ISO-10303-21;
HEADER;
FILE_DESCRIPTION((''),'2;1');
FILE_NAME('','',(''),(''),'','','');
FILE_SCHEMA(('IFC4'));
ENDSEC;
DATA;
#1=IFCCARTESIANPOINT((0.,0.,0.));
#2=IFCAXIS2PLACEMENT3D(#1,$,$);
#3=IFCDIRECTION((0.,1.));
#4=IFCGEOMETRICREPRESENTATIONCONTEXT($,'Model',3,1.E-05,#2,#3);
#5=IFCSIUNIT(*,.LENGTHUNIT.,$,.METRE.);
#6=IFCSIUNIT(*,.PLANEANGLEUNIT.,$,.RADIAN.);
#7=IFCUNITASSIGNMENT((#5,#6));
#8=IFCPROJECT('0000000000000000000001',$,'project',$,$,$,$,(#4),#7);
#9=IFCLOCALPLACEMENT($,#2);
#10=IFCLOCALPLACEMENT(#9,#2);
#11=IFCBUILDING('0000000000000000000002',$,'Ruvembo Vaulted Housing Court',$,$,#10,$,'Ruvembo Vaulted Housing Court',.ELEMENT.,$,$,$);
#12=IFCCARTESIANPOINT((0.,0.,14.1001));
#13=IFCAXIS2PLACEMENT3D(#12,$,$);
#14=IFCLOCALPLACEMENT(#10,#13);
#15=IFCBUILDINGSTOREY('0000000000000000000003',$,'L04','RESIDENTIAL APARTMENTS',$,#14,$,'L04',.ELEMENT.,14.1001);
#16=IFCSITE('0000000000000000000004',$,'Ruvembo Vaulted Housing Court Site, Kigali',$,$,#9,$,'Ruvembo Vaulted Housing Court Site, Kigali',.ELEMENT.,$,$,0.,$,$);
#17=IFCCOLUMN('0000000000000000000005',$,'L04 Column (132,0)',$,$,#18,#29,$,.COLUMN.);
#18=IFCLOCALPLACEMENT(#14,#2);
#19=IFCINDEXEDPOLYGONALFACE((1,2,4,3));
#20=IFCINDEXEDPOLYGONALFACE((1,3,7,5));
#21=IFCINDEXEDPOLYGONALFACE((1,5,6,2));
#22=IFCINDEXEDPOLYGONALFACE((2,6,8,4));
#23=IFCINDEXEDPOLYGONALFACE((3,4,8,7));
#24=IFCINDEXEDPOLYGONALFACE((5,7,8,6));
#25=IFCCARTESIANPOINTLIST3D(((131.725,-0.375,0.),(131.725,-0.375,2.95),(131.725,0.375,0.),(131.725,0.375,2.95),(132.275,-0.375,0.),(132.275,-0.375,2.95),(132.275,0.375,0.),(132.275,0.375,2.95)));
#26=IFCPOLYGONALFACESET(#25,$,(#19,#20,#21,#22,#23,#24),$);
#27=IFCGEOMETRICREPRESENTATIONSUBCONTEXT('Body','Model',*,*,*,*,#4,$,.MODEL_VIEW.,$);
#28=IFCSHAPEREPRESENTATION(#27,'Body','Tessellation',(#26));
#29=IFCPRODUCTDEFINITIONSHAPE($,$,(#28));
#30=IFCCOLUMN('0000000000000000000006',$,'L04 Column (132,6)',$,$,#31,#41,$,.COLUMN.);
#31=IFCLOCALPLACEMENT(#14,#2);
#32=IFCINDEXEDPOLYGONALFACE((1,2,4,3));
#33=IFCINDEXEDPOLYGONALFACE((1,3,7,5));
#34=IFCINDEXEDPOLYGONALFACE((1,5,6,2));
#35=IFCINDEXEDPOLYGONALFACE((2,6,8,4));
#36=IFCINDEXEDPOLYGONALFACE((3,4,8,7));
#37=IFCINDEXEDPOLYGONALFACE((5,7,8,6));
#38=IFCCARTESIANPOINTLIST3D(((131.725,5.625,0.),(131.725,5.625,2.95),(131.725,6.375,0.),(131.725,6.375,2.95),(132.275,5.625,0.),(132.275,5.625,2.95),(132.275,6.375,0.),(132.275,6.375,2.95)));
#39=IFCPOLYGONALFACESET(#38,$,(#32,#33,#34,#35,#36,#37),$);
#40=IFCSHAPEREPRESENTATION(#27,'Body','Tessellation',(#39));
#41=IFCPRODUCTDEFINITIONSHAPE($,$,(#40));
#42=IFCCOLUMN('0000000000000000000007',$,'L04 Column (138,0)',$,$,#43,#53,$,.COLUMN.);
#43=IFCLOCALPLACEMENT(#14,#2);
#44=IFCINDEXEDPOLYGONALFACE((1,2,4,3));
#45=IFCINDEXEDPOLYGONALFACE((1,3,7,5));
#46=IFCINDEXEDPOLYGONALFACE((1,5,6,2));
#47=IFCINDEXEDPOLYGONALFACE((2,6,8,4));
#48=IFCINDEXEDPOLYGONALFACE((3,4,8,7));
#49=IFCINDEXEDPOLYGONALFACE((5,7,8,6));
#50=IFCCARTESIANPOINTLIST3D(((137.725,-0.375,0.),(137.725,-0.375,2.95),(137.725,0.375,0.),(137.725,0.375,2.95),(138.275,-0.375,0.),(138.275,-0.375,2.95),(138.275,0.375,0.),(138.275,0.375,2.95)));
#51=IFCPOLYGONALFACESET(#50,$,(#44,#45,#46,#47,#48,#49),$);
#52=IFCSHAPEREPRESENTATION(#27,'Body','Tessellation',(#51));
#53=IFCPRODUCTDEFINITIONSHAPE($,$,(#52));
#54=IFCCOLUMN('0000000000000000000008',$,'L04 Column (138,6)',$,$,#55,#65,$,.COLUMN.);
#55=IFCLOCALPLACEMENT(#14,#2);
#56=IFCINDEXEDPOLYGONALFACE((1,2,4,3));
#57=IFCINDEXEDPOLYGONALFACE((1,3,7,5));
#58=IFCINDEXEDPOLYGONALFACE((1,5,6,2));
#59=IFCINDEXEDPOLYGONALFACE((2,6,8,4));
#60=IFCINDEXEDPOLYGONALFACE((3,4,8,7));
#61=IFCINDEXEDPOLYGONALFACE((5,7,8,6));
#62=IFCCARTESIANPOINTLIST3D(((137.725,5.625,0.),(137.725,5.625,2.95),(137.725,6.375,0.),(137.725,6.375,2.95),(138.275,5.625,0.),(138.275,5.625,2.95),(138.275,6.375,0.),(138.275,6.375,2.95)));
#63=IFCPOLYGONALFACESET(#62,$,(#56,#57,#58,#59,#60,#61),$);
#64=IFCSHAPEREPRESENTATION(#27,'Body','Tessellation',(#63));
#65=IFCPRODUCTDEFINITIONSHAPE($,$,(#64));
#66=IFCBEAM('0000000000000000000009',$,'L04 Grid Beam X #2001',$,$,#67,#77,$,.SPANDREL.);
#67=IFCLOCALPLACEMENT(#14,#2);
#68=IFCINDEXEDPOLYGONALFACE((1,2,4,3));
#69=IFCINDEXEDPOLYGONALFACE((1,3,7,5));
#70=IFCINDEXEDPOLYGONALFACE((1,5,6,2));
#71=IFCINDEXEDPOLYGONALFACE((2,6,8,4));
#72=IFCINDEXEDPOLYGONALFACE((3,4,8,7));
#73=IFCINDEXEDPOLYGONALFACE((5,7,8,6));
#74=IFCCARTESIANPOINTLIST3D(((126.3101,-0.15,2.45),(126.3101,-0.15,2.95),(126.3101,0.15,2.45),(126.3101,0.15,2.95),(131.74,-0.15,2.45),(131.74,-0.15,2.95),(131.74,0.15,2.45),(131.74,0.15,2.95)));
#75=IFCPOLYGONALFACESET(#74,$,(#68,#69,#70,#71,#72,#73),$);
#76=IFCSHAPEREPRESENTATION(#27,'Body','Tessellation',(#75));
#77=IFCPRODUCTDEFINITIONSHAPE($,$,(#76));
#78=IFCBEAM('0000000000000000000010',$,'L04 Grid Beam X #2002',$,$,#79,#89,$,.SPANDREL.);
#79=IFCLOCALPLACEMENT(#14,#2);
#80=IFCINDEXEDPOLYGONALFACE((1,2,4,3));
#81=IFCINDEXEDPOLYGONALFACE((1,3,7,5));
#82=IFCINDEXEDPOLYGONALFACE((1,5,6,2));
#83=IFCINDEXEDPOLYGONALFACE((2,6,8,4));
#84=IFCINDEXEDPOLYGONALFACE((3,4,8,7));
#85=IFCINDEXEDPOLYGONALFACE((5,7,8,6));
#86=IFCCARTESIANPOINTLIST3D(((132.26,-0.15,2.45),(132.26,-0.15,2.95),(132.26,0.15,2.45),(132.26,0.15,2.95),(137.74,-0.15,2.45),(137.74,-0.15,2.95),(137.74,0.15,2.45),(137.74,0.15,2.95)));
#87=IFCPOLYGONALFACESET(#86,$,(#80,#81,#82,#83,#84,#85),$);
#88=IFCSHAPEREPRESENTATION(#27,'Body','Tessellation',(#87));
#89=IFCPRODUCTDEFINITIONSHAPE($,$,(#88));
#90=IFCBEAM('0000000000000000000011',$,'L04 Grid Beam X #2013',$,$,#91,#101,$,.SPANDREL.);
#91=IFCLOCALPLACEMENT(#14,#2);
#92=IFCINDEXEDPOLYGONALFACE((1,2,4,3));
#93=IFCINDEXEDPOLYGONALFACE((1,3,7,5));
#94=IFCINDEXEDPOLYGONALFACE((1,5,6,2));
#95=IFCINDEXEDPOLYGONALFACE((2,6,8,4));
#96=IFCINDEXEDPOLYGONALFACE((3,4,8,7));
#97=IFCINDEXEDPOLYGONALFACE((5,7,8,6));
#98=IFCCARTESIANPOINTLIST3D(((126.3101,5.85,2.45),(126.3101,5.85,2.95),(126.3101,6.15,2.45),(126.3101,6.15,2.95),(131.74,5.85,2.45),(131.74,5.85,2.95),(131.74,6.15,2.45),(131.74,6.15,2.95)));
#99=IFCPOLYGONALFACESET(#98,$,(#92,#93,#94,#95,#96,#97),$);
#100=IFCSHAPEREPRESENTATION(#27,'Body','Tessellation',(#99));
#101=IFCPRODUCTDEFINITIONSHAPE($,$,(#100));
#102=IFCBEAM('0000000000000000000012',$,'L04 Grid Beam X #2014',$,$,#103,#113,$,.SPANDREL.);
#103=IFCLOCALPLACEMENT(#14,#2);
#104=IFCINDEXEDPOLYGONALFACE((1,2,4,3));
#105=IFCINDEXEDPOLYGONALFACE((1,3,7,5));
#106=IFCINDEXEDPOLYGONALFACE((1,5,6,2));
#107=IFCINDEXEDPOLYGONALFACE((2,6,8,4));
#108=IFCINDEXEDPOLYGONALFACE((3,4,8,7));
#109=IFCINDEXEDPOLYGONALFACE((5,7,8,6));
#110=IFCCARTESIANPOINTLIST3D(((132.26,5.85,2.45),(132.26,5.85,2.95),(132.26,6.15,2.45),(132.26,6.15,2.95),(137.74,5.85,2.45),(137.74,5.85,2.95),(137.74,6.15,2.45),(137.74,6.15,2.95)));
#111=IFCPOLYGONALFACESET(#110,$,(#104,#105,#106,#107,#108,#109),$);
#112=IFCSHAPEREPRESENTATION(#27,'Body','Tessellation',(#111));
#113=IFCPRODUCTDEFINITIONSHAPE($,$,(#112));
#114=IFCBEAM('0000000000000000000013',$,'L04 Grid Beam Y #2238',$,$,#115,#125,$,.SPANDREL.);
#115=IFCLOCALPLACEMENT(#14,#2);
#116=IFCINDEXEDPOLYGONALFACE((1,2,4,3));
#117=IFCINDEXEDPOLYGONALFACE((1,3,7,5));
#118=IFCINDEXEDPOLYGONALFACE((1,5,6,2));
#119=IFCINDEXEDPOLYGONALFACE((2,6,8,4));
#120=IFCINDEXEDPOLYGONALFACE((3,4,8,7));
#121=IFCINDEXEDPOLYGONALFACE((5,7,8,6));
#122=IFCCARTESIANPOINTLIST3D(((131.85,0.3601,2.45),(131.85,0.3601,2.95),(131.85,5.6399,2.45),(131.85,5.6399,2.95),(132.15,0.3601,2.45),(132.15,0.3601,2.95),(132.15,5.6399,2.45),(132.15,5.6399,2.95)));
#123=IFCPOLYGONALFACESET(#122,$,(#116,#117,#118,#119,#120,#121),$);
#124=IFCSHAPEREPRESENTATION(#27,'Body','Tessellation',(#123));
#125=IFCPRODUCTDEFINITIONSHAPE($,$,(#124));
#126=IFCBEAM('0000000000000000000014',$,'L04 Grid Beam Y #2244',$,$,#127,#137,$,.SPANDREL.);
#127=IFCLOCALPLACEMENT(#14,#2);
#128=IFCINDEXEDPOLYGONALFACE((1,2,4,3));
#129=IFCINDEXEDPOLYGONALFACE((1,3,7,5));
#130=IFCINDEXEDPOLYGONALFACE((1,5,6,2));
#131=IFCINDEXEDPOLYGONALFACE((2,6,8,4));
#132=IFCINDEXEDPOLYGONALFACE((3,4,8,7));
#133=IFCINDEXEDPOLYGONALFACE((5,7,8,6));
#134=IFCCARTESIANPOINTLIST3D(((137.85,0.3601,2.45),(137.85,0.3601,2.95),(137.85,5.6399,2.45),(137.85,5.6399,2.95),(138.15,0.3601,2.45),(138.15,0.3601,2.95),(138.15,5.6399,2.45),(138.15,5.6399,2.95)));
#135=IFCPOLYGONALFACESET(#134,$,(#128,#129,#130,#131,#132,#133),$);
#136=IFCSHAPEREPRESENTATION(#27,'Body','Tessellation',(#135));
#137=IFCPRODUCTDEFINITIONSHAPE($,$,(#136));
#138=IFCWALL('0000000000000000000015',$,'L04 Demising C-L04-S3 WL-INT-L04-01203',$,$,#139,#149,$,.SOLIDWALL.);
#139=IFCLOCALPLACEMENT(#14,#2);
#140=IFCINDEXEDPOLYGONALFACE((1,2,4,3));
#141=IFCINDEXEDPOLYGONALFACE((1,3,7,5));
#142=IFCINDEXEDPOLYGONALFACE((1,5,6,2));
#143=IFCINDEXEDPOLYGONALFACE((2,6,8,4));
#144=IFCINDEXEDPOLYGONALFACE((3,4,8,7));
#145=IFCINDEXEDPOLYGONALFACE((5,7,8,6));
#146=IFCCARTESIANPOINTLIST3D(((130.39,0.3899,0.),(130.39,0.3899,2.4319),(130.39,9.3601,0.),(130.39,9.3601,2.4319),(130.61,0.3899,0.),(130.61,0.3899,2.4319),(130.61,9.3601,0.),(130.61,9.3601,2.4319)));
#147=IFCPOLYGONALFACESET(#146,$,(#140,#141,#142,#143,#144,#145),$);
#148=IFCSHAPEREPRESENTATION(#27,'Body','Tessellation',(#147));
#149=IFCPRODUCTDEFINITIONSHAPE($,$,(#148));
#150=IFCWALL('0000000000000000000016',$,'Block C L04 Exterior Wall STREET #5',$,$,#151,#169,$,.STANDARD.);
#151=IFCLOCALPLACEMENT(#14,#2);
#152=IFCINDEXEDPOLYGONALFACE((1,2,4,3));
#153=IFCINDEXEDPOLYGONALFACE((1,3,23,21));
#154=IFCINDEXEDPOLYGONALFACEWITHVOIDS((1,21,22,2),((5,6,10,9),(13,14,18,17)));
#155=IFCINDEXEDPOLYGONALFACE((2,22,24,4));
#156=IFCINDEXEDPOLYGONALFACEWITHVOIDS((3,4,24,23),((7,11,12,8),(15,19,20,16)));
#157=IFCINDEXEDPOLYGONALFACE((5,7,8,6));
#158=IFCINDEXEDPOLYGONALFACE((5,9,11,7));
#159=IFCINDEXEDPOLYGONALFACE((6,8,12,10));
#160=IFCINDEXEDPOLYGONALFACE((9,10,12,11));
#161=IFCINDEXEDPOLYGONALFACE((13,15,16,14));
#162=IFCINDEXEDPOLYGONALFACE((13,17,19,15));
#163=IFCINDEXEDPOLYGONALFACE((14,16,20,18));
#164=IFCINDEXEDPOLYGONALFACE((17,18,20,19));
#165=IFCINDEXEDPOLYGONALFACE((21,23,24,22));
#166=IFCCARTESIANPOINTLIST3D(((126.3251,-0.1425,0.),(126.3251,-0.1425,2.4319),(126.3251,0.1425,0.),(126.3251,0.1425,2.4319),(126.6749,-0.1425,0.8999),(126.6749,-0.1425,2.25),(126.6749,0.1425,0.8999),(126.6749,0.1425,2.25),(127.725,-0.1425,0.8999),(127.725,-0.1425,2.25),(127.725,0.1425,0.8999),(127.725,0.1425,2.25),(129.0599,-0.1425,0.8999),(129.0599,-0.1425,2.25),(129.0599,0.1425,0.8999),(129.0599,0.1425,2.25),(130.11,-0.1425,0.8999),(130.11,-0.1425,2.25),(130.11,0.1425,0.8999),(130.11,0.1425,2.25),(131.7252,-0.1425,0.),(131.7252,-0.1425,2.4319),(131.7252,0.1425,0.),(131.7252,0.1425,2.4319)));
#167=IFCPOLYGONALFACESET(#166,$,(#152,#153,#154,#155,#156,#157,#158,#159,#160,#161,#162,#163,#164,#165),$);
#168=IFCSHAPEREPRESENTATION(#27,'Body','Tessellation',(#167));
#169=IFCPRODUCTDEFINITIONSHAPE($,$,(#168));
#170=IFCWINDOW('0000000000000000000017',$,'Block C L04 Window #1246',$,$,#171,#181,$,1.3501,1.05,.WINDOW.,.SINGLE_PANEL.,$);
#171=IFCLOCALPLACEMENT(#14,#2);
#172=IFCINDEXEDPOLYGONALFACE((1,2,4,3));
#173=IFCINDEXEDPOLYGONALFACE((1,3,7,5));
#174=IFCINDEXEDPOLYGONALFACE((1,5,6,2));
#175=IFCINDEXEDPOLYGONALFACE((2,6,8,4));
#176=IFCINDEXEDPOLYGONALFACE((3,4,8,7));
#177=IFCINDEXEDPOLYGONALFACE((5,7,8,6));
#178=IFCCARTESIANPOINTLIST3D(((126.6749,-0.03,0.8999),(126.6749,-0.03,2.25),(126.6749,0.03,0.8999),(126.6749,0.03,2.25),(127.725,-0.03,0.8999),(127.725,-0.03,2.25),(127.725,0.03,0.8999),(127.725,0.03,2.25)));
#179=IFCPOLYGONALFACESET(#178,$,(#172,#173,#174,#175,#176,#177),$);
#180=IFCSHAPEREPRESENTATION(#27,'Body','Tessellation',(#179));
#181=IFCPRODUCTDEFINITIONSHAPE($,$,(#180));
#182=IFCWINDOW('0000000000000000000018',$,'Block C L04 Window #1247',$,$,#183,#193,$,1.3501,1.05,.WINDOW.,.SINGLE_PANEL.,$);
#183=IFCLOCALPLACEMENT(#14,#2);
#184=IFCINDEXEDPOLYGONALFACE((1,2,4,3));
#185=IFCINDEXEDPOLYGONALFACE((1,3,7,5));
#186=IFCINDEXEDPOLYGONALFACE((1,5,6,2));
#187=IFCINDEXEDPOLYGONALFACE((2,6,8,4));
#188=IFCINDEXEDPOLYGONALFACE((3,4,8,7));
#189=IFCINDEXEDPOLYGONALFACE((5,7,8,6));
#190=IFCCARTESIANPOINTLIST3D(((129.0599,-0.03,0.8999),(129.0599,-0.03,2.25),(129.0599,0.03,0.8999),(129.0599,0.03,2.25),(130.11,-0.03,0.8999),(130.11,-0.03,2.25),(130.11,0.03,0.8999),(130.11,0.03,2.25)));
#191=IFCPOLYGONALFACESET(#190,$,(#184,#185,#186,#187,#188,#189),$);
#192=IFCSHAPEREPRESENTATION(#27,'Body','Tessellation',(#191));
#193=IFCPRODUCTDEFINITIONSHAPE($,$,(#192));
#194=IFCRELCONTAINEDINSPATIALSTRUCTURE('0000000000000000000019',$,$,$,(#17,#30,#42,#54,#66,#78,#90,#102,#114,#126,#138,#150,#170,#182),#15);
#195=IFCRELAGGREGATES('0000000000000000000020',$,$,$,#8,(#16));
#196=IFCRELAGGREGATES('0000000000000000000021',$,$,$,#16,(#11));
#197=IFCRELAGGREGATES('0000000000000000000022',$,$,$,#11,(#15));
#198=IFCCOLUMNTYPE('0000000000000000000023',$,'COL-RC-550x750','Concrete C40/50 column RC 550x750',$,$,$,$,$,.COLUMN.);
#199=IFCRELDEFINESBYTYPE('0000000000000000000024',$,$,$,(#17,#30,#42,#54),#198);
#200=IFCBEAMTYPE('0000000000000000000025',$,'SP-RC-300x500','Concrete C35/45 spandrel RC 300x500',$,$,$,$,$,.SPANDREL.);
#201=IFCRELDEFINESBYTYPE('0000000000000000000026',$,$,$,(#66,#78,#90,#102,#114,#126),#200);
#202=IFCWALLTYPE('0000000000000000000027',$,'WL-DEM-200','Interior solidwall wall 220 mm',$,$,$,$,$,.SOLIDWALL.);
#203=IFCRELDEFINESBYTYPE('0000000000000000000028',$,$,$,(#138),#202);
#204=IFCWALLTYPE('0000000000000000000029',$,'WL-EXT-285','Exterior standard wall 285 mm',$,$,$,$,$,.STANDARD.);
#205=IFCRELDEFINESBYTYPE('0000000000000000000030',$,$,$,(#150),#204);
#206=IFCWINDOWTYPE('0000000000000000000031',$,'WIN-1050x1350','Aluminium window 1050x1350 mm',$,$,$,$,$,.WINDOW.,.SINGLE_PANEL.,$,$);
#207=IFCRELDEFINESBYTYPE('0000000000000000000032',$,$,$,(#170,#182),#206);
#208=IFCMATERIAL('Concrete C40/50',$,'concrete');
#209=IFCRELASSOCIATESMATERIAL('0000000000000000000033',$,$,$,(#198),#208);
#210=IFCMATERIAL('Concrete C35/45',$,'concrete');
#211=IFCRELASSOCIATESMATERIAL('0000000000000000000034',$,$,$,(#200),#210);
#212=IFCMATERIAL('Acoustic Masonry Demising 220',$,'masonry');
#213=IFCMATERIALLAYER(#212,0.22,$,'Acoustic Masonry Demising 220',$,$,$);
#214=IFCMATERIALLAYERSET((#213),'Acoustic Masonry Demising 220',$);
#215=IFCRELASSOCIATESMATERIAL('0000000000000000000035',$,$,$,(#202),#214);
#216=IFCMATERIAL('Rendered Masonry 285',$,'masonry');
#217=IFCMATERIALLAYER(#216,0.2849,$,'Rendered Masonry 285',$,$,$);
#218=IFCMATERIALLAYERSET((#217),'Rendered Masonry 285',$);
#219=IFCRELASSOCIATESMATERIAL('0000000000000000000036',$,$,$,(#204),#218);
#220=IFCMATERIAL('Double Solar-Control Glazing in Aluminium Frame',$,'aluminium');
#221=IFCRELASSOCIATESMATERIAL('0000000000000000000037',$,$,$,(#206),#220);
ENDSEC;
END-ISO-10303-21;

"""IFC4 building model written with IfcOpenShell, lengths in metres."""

from ifc_helpers import new_model, si_unit, direction, frame, frame_2d, origin, origin_2d, place, context, subcontext, project, spatial, rectangle, extrude, material, layer, layer_set, material_profile, profile_set, type_object, element, fill, save


model = new_model("IFC4")

# Units and contexts
model_context = context("Model", 3, precision=1e-05, world=origin(), true_north=direction((0.0, 1.0)))
body_context = subcontext(model_context, "Body", "Model", "MODEL_VIEW")
ifc_project = project(units=[si_unit("LENGTHUNIT", "METRE"), si_unit("PLANEANGLEUNIT", "RADIAN")], contexts=[model_context])

# Site, building, storey
site_placement = place(None, origin())
site = spatial("IfcSite", under=ifc_project, at=site_placement, Name="Ruvembo Vaulted Housing Court Site, Kigali", LongName="Ruvembo Vaulted Housing Court Site, Kigali", CompositionType="ELEMENT", RefElevation=0.0)
building_placement = place(site_placement, origin())
building = spatial("IfcBuilding", under=site, at=building_placement, Name="Ruvembo Vaulted Housing Court", LongName="Ruvembo Vaulted Housing Court", CompositionType="ELEMENT")
storey_placement = place(building_placement, frame((0.0, 0.0, 14.1001)))
storey = spatial("IfcBuildingStorey", under=building, at=storey_placement, Name="L04", Description="RESIDENTIAL APARTMENTS", LongName="L04", CompositionType="ELEMENT", Elevation=14.1001)

# Columns
ifc_material_1 = material(Name="Concrete C40/50", Category="concrete")
ifc_material_profile_1 = material_profile(ifc_material_1, rectangle(XDim=0.55, YDim=0.75, at=origin_2d()), Name="RC 550x750")
ifc_profile_set_1 = profile_set([ifc_material_profile_1], Name="Concrete C40/50")
column_type = type_object("IfcColumnType", Name="COL-RC-550x750", Description="Concrete C40/50 column RC 550x750", PredefinedType="COLUMN", material=ifc_profile_set_1)
for number, where, z_axis, x_axis, name in (
    (1, (132.0, 0.0, 0.0), (0.0, 0.0, 1.0), (1.0, 0.0, 0.0), "L04 Column (132,0)"),
    (2, (132.0, 6.0, 0.0), (0.0, 0.0, 1.0), (1.0, 0.0, 0.0), "L04 Column (132,6)"),
    (3, (138.0, 0.0, 0.0), (0.0, 0.0, 1.0), (1.0, 0.0, 0.0), "L04 Column (138,0)"),
    (4, (138.0, 6.0, 0.0), (0.0, 0.0, 1.0), (1.0, 0.0, 0.0), "L04 Column (138,6)"),
):
    element("IfcColumn", number, at=place(storey_placement, frame(where, z_axis=z_axis, x_axis=x_axis)), inside=storey, type_object=column_type, Name=name, PredefinedType="COLUMN", context=body_context, shape_type="SweptSolid", body=[
        extrude(rectangle(XDim=0.55, YDim=0.75, at=origin_2d()), origin(), (0.0, 0.0, 1.0), 2.95),
    ])

# Beams
ifc_material_2 = material(Name="Concrete C35/45", Category="concrete")
ifc_material_profile_2 = material_profile(ifc_material_2, rectangle(XDim=0.3, YDim=0.5, at=origin_2d()), Name="RC 300x500")
ifc_profile_set_2 = profile_set([ifc_material_profile_2], Name="Concrete C35/45")
beam_type = type_object("IfcBeamType", Name="SP-RC-300x500", Description="Concrete C35/45 spandrel RC 300x500", PredefinedType="SPANDREL", material=ifc_profile_set_2)
beam_1_placement = place(storey_placement, frame((126.3101, 0.0, 2.7), z_axis=(1.0, 0.0, 0.0), x_axis=(0.0, 1.0, 0.0)))
element("IfcBeam", 5, at=beam_1_placement, inside=storey, type_object=beam_type, Name="L04 Grid Beam X #2001", PredefinedType="SPANDREL", context=body_context, shape_type="SweptSolid", body=[
    extrude(rectangle(XDim=0.3, YDim=0.5, at=origin_2d()), origin(), (0.0, 0.0, 1.0), 5.4299),
])
beam_2_placement = place(storey_placement, frame((132.26, 0.0, 2.7), z_axis=(1.0, 0.0, 0.0), x_axis=(0.0, 1.0, 0.0)))
element("IfcBeam", 6, at=beam_2_placement, inside=storey, type_object=beam_type, Name="L04 Grid Beam X #2002", PredefinedType="SPANDREL", context=body_context, shape_type="SweptSolid", body=[
    extrude(rectangle(XDim=0.3, YDim=0.5, at=origin_2d()), origin(), (0.0, 0.0, 1.0), 5.48),
])
beam_3_placement = place(storey_placement, frame((126.3101, 6.0, 2.7), z_axis=(1.0, 0.0, 0.0), x_axis=(0.0, 1.0, 0.0)))
element("IfcBeam", 7, at=beam_3_placement, inside=storey, type_object=beam_type, Name="L04 Grid Beam X #2013", PredefinedType="SPANDREL", context=body_context, shape_type="SweptSolid", body=[
    extrude(rectangle(XDim=0.3, YDim=0.5, at=origin_2d()), origin(), (0.0, 0.0, 1.0), 5.4299),
])
beam_4_placement = place(storey_placement, frame((132.26, 6.0, 2.7), z_axis=(1.0, 0.0, 0.0), x_axis=(0.0, 1.0, 0.0)))
element("IfcBeam", 8, at=beam_4_placement, inside=storey, type_object=beam_type, Name="L04 Grid Beam X #2014", PredefinedType="SPANDREL", context=body_context, shape_type="SweptSolid", body=[
    extrude(rectangle(XDim=0.3, YDim=0.5, at=origin_2d()), origin(), (0.0, 0.0, 1.0), 5.48),
])
for number, where, z_axis, x_axis, name in (
    (9, (132.0, 0.3601, 2.7), (0.0, 1.0, 0.0), (-1.0, 0.0, 0.0), "L04 Grid Beam Y #2238"),
    (10, (138.0, 0.3601, 2.7), (0.0, 1.0, 0.0), (-1.0, 0.0, 0.0), "L04 Grid Beam Y #2244"),
):
    element("IfcBeam", number, at=place(storey_placement, frame(where, z_axis=z_axis, x_axis=x_axis)), inside=storey, type_object=beam_type, Name=name, PredefinedType="SPANDREL", context=body_context, shape_type="SweptSolid", body=[
        extrude(rectangle(XDim=0.3, YDim=0.5, at=origin_2d()), origin(), (0.0, 0.0, 1.0), 5.2798),
    ])

# Wall
ifc_material_3 = material(Name="Acoustic Masonry Demising 220", Category="masonry")
ifc_layer_1 = layer(ifc_material_3, 0.22, Name="Acoustic Masonry Demising 220")
ifc_layer_set_1 = layer_set([ifc_layer_1], Name="Acoustic Masonry Demising 220")
wall_type_1 = type_object("IfcWallType", Name="WL-DEM-200", Description="Interior solidwall wall 220 mm", PredefinedType="SOLIDWALL", material=ifc_layer_set_1)
wall_1_placement = place(storey_placement, frame((130.5, 0.3899, 0.0), z_axis=(0.0, 0.0, 1.0), x_axis=(0.0, 1.0, 0.0)))
element("IfcWall", 11, at=wall_1_placement, inside=storey, type_object=wall_type_1, Name="L04 Demising C-L04-S3 WL-INT-L04-01203", PredefinedType="SOLIDWALL", context=body_context, shape_type="SweptSolid", body=[
    extrude(rectangle(XDim=8.9702, YDim=0.22, at=frame_2d((4.4851, 0.0))), origin(), (0.0, 0.0, 1.0), 2.4319),
])

# Wall, openings, windows
ifc_material_4 = material(Name="Rendered Masonry 285", Category="masonry")
ifc_layer_2 = layer(ifc_material_4, 0.2849, Name="Rendered Masonry 285")
ifc_layer_set_2 = layer_set([ifc_layer_2], Name="Rendered Masonry 285")
wall_type_2 = type_object("IfcWallType", Name="WL-EXT-285", Description="Exterior standard wall 285 mm", PredefinedType="STANDARD", material=ifc_layer_set_2)
wall_2_placement = place(storey_placement, frame((126.325, 0.0, 0.0), z_axis=(0.0, 0.0, 1.0), x_axis=(1.0, 0.0, 0.0)))
wall_2 = element("IfcWall", 12, at=wall_2_placement, inside=storey, type_object=wall_type_2, Name="Block C L04 Exterior Wall STREET #5", PredefinedType="STANDARD", context=body_context, shape_type="SweptSolid", body=[
    extrude(rectangle(XDim=5.4001, YDim=0.2849, at=frame_2d((2.7002, 0.0))), origin(), (0.0, 0.0, 1.0), 2.4319),
])
opening_1_placement = place(wall_2_placement, frame((0.3501, 0.0, 0.8999)))
opening_1 = element("IfcOpeningElement", 13, at=opening_1_placement, cuts=wall_2, PredefinedType="OPENING", context=body_context, shape_type="SweptSolid", body=[
    extrude(rectangle(XDim=1.05, YDim=1.3501, at=frame_2d((0.5249, 0.675))), frame((0.0, 0.1523, 0.0), z_axis=(0.0, -1.0, 0.0), x_axis=(1.0, 0.0, 0.0)), (0.0, 0.0, 1.0), 0.3049),
])
opening_2_placement = place(wall_2_placement, frame((2.7351, 0.0, 0.8999)))
opening_2 = element("IfcOpeningElement", 14, at=opening_2_placement, cuts=wall_2, PredefinedType="OPENING", context=body_context, shape_type="SweptSolid", body=[
    extrude(rectangle(XDim=1.05, YDim=1.3501, at=frame_2d((0.5249, 0.675))), frame((0.0, 0.1523, 0.0), z_axis=(0.0, -1.0, 0.0), x_axis=(1.0, 0.0, 0.0)), (0.0, 0.0, 1.0), 0.3049),
])
ifc_material_5 = material(Name="Double Solar-Control Glazing in Aluminium Frame", Category="aluminium")
window_type_1 = type_object("IfcWindowType", Name="WIN-1050x1350", Description="Aluminium window 1050x1350 mm", PartitioningType="SINGLE_PANEL", PredefinedType="WINDOW", material=ifc_material_5)
window_1_placement = place(opening_1_placement, origin())
window_1 = element("IfcWindow", 15, at=window_1_placement, inside=storey, type_object=window_type_1, Name="Block C L04 Window #1246", OverallHeight=1.3501, OverallWidth=1.05, PartitioningType="SINGLE_PANEL", PredefinedType="WINDOW", context=body_context, shape_type="SweptSolid", body=[
    extrude(rectangle(XDim=1.05, YDim=1.3501, at=frame_2d((0.5249, 0.675))), frame((0.0, 0.03, 0.0), z_axis=(0.0, -1.0, 0.0), x_axis=(1.0, 0.0, 0.0)), (0.0, 0.0, 1.0), 0.0601),
])
fill(opening_1, window_1)
window_2_placement = place(opening_2_placement, origin())
window_2 = element("IfcWindow", 16, at=window_2_placement, inside=storey, type_object=window_type_1, Name="Block C L04 Window #1247", OverallHeight=1.3501, OverallWidth=1.05, PartitioningType="SINGLE_PANEL", PredefinedType="WINDOW", context=body_context, shape_type="SweptSolid", body=[
    extrude(rectangle(XDim=1.05, YDim=1.3501, at=frame_2d((0.5249, 0.675))), frame((0.0, 0.03, 0.0), z_axis=(0.0, -1.0, 0.0), x_axis=(1.0, 0.0, 0.0)), (0.0, 0.0, 1.0), 0.0601),
])
fill(opening_2, window_2)

save(model, "model.ifc")
